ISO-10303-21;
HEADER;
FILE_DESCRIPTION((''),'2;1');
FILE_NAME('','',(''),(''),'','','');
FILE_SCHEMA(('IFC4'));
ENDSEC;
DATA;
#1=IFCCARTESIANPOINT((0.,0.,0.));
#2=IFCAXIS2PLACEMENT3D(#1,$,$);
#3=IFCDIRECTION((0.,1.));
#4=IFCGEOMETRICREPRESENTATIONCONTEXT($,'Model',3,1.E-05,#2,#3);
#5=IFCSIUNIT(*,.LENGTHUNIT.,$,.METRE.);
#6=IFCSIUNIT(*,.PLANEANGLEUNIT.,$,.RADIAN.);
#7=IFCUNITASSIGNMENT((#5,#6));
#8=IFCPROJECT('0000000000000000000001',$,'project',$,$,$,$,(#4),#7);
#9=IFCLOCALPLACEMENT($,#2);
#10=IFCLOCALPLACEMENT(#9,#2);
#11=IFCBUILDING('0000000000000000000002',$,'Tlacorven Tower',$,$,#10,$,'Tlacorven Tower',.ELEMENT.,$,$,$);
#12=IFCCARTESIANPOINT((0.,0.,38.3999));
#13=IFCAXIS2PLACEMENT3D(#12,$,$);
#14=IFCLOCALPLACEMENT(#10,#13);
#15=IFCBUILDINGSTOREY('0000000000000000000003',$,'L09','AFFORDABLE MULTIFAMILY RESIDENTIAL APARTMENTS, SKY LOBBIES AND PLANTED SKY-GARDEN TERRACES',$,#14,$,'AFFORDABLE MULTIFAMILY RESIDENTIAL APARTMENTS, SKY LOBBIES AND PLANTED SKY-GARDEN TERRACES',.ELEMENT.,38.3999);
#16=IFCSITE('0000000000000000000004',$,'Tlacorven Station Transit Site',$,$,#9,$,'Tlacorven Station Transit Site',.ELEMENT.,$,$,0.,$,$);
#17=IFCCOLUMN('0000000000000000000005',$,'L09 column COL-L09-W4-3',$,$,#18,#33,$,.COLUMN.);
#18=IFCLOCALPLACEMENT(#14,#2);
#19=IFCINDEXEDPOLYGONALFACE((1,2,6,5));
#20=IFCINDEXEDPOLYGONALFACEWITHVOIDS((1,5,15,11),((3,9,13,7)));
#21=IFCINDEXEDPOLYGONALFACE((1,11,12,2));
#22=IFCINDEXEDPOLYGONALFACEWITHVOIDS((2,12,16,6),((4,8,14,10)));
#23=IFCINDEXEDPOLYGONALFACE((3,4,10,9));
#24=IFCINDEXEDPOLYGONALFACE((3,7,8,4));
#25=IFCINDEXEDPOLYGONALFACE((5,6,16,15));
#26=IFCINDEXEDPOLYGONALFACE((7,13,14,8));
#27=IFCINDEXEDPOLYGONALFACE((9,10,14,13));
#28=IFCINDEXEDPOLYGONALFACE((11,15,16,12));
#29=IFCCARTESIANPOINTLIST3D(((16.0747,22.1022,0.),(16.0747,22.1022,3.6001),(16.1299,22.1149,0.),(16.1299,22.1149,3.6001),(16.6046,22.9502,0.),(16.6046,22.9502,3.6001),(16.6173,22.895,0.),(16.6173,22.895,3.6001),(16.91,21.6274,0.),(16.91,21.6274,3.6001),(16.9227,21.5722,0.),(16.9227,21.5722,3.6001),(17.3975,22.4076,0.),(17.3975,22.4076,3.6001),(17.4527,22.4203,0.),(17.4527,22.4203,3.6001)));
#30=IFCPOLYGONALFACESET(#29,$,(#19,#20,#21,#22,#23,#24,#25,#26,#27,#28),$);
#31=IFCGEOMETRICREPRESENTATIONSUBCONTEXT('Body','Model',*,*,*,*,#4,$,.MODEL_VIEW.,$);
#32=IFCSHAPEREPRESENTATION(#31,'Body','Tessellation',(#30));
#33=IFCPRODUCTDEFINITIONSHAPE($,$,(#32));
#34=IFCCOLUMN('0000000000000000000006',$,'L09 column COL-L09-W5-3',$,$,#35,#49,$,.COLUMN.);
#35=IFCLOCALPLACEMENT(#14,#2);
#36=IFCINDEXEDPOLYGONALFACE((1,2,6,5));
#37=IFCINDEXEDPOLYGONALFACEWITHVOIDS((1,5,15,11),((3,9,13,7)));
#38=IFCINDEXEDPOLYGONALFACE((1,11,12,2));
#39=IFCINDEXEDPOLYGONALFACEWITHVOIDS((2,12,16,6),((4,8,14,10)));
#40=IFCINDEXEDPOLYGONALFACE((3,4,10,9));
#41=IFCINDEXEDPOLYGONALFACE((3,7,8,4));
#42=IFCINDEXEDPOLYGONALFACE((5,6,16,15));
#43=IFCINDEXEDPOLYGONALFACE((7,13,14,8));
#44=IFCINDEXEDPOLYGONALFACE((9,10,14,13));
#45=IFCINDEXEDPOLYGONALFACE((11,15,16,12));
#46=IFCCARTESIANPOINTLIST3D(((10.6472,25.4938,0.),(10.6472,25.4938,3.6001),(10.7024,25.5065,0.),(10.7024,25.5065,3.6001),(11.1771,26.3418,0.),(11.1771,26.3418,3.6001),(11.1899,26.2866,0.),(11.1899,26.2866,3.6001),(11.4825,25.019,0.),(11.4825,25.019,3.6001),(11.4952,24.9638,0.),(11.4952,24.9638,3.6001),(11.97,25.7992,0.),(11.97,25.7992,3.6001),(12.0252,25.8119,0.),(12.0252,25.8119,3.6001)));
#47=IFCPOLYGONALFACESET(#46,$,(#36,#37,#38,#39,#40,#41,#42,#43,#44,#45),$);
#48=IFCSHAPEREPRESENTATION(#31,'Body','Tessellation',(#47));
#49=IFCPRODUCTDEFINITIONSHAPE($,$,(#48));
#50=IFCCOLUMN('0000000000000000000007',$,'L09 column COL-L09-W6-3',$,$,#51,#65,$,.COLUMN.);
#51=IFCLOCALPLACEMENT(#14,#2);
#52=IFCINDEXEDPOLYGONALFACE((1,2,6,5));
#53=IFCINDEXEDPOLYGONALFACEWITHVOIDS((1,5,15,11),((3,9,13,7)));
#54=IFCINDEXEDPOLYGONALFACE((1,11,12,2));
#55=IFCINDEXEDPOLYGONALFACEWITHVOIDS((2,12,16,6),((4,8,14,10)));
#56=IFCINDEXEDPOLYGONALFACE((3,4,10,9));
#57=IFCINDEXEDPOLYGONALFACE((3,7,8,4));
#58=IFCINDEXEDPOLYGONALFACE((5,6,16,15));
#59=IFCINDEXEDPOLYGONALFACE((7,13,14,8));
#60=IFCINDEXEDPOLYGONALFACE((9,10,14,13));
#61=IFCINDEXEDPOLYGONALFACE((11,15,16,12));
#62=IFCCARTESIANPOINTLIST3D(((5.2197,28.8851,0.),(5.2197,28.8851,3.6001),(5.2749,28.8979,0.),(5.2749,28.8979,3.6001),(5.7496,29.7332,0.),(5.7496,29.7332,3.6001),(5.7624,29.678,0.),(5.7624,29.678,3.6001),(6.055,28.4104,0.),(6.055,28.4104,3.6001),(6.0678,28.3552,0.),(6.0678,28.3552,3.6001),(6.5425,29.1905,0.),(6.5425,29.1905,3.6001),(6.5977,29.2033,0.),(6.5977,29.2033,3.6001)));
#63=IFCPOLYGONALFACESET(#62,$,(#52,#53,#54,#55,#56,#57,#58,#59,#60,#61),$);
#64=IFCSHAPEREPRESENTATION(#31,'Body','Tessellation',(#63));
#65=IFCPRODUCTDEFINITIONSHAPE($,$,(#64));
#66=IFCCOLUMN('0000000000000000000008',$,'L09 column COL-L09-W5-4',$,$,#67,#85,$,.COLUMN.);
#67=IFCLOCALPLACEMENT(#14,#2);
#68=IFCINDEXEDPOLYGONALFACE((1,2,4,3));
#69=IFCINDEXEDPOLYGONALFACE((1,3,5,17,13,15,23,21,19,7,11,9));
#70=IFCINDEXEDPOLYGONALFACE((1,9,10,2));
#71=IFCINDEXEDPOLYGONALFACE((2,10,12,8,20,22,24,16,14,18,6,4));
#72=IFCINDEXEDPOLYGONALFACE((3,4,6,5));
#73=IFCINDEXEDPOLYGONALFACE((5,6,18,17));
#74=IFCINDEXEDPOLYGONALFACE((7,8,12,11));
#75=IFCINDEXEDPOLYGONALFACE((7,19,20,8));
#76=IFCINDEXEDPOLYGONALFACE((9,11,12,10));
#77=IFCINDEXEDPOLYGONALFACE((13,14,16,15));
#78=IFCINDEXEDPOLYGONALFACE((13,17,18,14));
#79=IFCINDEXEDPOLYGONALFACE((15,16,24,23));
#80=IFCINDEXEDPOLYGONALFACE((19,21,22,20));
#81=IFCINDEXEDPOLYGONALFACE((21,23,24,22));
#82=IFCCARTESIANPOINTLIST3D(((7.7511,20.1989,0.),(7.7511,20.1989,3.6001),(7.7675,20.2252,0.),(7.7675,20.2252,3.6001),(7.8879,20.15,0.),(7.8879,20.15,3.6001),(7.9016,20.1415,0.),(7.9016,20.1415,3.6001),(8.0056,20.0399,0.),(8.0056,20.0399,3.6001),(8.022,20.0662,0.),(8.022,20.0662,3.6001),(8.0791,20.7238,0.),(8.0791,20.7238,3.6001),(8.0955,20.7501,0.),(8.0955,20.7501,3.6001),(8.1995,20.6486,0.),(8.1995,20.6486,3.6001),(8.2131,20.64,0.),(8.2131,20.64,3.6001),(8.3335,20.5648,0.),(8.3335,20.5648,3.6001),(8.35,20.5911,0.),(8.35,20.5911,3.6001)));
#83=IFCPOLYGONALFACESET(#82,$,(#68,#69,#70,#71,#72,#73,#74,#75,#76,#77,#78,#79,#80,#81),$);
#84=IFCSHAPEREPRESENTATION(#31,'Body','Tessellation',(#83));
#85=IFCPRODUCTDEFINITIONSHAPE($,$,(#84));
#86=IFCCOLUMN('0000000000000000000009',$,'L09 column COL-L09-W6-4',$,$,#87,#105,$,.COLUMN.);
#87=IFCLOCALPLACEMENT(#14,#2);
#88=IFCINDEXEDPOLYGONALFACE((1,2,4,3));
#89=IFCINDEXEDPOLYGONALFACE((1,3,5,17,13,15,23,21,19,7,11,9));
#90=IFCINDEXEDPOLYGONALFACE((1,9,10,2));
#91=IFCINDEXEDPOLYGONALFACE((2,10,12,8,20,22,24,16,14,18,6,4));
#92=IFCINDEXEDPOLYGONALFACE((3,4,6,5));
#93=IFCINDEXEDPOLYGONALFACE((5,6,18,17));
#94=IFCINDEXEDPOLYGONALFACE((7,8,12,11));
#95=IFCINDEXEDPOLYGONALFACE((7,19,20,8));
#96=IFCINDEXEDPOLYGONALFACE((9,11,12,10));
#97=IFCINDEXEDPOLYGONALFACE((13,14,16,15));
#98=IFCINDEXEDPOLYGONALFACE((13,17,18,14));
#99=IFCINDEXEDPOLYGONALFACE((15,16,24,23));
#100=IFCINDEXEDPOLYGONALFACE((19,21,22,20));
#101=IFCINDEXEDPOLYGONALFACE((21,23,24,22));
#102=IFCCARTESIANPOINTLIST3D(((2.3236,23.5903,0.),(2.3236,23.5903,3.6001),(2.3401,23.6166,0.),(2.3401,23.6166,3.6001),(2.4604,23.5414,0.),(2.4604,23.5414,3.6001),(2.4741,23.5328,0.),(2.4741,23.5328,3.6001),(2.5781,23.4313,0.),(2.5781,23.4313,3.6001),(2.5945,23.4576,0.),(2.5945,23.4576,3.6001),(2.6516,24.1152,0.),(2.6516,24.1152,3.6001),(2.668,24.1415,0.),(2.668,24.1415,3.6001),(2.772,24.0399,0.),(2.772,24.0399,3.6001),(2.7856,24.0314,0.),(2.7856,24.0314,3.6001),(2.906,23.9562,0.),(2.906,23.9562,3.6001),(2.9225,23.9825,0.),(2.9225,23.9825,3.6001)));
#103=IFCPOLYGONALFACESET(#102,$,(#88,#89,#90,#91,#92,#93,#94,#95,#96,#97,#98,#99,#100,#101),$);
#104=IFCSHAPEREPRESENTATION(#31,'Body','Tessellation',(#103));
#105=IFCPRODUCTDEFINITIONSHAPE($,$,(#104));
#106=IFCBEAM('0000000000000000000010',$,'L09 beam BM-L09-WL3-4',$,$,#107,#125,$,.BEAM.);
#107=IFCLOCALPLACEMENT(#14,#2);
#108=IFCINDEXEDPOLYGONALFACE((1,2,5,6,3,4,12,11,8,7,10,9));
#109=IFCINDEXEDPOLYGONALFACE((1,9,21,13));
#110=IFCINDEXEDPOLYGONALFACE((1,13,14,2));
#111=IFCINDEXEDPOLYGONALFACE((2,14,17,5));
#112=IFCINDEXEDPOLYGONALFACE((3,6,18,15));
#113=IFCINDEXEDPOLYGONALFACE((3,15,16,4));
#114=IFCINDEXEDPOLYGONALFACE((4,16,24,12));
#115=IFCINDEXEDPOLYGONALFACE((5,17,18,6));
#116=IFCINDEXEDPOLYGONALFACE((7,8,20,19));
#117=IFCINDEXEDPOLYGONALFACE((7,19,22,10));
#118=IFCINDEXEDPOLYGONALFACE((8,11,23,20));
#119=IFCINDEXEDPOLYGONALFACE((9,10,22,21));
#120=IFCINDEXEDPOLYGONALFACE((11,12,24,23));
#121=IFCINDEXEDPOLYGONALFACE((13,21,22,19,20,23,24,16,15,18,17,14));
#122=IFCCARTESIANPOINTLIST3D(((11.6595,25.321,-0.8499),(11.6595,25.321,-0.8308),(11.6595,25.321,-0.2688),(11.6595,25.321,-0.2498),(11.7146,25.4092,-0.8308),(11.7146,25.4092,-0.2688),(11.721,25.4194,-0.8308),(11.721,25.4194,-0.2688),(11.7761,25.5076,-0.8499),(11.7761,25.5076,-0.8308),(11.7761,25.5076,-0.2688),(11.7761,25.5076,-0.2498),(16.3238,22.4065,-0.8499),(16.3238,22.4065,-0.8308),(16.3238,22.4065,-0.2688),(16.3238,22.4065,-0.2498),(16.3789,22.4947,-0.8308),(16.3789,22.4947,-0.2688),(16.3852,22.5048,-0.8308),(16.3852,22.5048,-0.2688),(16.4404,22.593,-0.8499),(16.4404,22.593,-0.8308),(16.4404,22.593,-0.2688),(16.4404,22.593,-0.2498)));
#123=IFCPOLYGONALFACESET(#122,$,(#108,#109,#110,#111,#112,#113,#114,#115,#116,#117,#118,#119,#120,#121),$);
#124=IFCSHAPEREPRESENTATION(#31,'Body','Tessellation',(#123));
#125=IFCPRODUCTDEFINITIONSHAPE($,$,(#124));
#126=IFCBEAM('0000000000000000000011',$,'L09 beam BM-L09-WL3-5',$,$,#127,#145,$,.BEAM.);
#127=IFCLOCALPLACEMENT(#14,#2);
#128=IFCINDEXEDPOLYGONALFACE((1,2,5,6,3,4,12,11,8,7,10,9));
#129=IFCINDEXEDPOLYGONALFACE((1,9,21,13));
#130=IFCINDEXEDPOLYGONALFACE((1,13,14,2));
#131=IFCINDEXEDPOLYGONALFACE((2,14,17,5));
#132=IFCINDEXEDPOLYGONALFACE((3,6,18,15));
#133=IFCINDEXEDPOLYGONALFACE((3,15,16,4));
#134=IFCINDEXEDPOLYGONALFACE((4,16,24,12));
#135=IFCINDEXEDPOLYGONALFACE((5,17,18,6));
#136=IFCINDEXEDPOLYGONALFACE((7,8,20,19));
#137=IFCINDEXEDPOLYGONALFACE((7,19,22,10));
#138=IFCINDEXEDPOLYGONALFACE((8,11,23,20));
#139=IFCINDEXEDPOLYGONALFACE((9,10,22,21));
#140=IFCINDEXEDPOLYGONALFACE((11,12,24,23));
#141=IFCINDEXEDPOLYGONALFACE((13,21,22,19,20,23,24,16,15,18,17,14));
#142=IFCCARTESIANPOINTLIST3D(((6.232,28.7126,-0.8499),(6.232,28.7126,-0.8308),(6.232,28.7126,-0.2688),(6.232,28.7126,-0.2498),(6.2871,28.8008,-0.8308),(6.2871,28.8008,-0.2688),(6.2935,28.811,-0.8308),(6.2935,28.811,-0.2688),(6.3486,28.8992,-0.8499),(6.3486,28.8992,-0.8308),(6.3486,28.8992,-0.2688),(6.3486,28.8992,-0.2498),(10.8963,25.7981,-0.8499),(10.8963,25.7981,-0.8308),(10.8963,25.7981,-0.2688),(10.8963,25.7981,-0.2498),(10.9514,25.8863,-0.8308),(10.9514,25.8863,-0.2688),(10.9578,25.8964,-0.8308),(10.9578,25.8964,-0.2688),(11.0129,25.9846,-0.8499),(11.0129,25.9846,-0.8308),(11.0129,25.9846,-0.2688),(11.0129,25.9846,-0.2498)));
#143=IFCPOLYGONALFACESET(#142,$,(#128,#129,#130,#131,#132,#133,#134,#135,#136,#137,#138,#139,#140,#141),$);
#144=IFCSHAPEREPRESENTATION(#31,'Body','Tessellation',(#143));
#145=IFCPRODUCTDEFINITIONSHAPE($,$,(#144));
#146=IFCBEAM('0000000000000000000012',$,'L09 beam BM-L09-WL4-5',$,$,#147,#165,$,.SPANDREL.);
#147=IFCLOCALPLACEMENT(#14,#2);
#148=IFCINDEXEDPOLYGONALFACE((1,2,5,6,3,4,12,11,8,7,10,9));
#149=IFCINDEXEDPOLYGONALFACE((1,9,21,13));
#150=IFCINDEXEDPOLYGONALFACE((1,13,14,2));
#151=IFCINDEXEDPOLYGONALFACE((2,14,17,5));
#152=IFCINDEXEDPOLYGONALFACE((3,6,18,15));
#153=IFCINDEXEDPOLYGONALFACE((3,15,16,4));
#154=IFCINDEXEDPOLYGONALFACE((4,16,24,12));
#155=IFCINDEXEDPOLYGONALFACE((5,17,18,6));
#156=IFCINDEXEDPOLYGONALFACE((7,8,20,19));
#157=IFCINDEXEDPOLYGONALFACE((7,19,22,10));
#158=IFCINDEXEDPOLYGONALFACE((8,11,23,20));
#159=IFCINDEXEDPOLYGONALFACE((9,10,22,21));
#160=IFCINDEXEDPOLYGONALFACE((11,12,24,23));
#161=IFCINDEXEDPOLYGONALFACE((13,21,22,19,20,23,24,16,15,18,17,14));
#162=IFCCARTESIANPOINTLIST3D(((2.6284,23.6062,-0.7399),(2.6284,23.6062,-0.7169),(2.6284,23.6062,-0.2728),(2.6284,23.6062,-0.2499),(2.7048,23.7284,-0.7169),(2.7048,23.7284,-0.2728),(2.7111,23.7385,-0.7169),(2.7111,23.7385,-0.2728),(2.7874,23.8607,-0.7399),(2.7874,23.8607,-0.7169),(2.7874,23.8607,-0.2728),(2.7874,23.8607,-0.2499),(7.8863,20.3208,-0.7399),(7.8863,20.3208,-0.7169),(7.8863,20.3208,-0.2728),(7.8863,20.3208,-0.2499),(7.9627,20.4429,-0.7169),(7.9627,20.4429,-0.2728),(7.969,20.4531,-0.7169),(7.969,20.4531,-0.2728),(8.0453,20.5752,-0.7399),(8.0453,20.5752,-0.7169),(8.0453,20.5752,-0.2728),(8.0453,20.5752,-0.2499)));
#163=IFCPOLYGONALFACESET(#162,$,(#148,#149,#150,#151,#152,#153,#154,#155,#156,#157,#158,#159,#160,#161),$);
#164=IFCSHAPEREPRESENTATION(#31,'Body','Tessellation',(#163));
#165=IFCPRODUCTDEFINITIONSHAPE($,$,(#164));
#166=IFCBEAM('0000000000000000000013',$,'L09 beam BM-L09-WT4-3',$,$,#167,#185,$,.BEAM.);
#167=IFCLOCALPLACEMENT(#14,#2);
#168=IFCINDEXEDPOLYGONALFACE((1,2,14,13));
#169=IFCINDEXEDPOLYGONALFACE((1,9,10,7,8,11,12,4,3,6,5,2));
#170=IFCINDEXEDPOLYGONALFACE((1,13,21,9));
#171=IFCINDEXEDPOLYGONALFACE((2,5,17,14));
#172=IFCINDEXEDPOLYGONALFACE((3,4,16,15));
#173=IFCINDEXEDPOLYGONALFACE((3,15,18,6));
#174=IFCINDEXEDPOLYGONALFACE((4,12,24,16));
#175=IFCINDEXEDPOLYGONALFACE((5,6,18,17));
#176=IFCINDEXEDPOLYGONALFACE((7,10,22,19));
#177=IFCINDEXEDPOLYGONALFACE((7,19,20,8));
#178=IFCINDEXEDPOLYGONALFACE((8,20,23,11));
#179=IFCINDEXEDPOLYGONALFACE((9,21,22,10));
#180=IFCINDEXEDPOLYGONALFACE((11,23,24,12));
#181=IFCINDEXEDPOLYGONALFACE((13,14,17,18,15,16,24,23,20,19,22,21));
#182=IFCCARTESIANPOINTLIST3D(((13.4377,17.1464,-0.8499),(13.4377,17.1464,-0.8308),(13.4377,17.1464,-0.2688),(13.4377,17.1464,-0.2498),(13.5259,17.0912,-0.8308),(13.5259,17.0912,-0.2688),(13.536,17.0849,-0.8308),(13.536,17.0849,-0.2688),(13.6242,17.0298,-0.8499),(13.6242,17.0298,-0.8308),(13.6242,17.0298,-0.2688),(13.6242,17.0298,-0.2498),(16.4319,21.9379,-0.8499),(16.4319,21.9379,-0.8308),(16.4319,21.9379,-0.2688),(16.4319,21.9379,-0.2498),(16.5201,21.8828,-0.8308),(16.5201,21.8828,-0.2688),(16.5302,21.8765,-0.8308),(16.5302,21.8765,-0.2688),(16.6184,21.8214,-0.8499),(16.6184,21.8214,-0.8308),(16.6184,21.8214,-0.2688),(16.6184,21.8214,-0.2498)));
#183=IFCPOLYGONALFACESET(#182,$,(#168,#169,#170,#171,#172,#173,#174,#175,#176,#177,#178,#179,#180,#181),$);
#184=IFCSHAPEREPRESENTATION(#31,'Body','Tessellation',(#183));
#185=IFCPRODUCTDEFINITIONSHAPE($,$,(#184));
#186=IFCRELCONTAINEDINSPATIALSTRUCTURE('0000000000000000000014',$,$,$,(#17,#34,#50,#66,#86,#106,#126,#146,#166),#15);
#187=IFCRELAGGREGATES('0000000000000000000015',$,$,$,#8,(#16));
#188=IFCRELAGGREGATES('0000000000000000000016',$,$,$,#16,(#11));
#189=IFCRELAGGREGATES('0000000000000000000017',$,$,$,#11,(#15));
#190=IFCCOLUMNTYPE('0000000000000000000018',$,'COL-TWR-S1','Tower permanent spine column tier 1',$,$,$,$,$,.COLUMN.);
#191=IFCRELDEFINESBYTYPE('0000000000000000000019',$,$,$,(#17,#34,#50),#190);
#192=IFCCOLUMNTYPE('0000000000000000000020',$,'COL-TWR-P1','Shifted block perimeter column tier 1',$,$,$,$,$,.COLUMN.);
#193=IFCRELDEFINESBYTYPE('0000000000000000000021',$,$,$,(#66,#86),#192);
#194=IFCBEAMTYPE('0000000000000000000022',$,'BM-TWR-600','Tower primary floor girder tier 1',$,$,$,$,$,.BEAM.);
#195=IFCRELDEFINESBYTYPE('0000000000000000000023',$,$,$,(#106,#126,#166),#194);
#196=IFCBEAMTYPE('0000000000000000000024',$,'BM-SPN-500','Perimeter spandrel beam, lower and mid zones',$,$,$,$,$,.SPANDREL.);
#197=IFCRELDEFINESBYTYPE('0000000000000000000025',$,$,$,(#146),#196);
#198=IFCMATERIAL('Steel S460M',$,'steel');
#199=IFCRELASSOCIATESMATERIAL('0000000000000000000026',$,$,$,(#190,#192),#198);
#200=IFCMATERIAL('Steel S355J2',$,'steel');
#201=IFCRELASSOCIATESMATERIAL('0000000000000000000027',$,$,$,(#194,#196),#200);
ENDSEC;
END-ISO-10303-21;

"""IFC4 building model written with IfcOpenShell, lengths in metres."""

from ifc_helpers import new_model, si_unit, direction, frame, origin, origin_2d, place, context, subcontext, project, spatial, hollow_rectangle, i_section, extrude, source, transform, mapped, material, material_profile, profile_set, type_object, element, save


model = new_model("IFC4")

# Units and contexts
model_context = context("Model", 3, precision=1e-05, world=origin(), true_north=direction((0.0, 1.0)))
body_context = subcontext(model_context, "Body", "Model", "MODEL_VIEW")
ifc_project = project(units=[si_unit("LENGTHUNIT", "METRE"), si_unit("PLANEANGLEUNIT", "RADIAN")], contexts=[model_context])

# Site, building, storey
site_placement = place(None, origin())
site = spatial("IfcSite", under=ifc_project, at=site_placement, Name="Tlacorven Station Transit Site", LongName="Tlacorven Station Transit Site", CompositionType="ELEMENT", RefElevation=0.0)
building_placement = place(site_placement, origin())
building = spatial("IfcBuilding", under=site, at=building_placement, Name="Tlacorven Tower", LongName="Tlacorven Tower", CompositionType="ELEMENT")
storey_placement = place(building_placement, frame((0.0, 0.0, 38.3999)))
storey = spatial("IfcBuildingStorey", under=building, at=storey_placement, Name="L09", Description="AFFORDABLE MULTIFAMILY RESIDENTIAL APARTMENTS, SKY LOBBIES AND PLANTED SKY-GARDEN TERRACES", LongName="AFFORDABLE MULTIFAMILY RESIDENTIAL APARTMENTS, SKY LOBBIES AND PLANTED SKY-GARDEN TERRACES", CompositionType="ELEMENT", Elevation=38.3999)

# Columns
ifc_material_1 = material(Name="Steel S460M", Category="steel")
ifc_material_profile_1 = material_profile(ifc_material_1, hollow_rectangle(XDim=1.0, YDim=1.0, WallThickness=0.04, at=origin_2d()), Name="BOX 1000X1000X40")
ifc_profile_set_1 = profile_set([ifc_material_profile_1], Name="Steel S460M")
column_type_1 = type_object("IfcColumnType", Name="COL-TWR-S1", Description="Tower permanent spine column tier 1", PredefinedType="COLUMN", material=ifc_profile_set_1)
shared_shape_1 = source(origin(), body_context, "Body", "SweptSolid", [
    extrude(hollow_rectangle(XDim=1.0, YDim=1.0, WallThickness=0.04, at=origin_2d()), origin(), (0.0, 0.0, 1.0), 3.6001),
])
for number, where, z_axis, x_axis, name in (
    (1, (16.7637, 22.2612, 0.0), (0.0, 0.0, 1.0), (-0.848048, 0.529919, 0.0), "L09 column COL-L09-W4-3"),
    (2, (11.3362, 25.6528, 0.0), (0.0, 0.0, 1.0), (-0.848048, 0.529919, 0.0), "L09 column COL-L09-W5-3"),
    (3, (5.9087, 29.0442, 0.0), (0.0, 0.0, 1.0), (-0.848048, 0.529919, 0.0), "L09 column COL-L09-W6-3"),
):
    element("IfcColumn", number, at=place(storey_placement, frame(where, z_axis=z_axis, x_axis=x_axis)), inside=storey, type_object=column_type_1, Name=name, PredefinedType="COLUMN", context=body_context, shape_type="MappedRepresentation", body=[
        mapped(shared_shape_1, transform((0.0, 0.0, 0.0), scale=1.0)),
    ])
ifc_material_profile_2 = material_profile(ifc_material_1, i_section(OverallWidth=0.3, OverallDepth=0.6499, WebThickness=0.0161, FlangeThickness=0.031, at=origin_2d()), Name="HEB 650")
ifc_profile_set_2 = profile_set([ifc_material_profile_2], Name="Steel S460M")
column_type_2 = type_object("IfcColumnType", Name="COL-TWR-P1", Description="Shifted block perimeter column tier 1", PredefinedType="COLUMN", material=ifc_profile_set_2)
shared_shape_2 = source(origin(), body_context, "Body", "SweptSolid", [
    extrude(i_section(OverallWidth=0.3, OverallDepth=0.6499, WebThickness=0.0161, FlangeThickness=0.031, at=origin_2d()), origin(), (0.0, 0.0, 1.0), 3.6001),
])
for number, where, z_axis, x_axis, name in (
    (4, (8.0505, 20.395, 0.0), (0.0, 0.0, 1.0), (-0.848048, 0.529919, 0.0), "L09 column COL-L09-W5-4"),
    (5, (2.623, 23.7864, 0.0), (0.0, 0.0, 1.0), (-0.848048, 0.529919, 0.0), "L09 column COL-L09-W6-4"),
):
    element("IfcColumn", number, at=place(storey_placement, frame(where, z_axis=z_axis, x_axis=x_axis)), inside=storey, type_object=column_type_2, Name=name, PredefinedType="COLUMN", context=body_context, shape_type="MappedRepresentation", body=[
        mapped(shared_shape_2, transform((0.0, 0.0, 0.0), scale=1.0)),
    ])

# Beams
ifc_material_2 = material(Name="Steel S355J2", Category="steel")
ifc_material_profile_3 = material_profile(ifc_material_2, i_section(OverallWidth=0.22, OverallDepth=0.6001, WebThickness=0.012, FlangeThickness=0.019, at=origin_2d()), Name="IPE 600")
ifc_profile_set_3 = profile_set([ifc_material_profile_3], Name="Steel S355J2")
beam_type_1 = type_object("IfcBeamType", Name="BM-TWR-600", Description="Tower primary floor girder tier 1", PredefinedType="BEAM", material=ifc_profile_set_3)
shared_shape_3 = source(origin(), body_context, "Body", "SweptSolid", [
    extrude(i_section(OverallWidth=0.22, OverallDepth=0.6001, WebThickness=0.012, FlangeThickness=0.019, at=origin_2d()), origin(), (0.0, 0.0, 1.0), 5.5),
])
for number, where, z_axis, x_axis, name in (
    (6, (16.3821, 22.4998, -0.5498), (-0.848051, 0.529915, 0.0), (-0.529915, -0.848051, 0.0), "L09 beam BM-L09-WL3-4"),
    (7, (10.9546, 25.8914, -0.5498), (-0.848051, 0.529915, 0.0), (-0.529915, -0.848051, 0.0), "L09 beam BM-L09-WL3-5"),
):
    element("IfcBeam", number, at=place(storey_placement, frame(where, z_axis=z_axis, x_axis=x_axis)), inside=storey, type_object=beam_type_1, Name=name, PredefinedType="BEAM", context=body_context, shape_type="MappedRepresentation", body=[
        mapped(shared_shape_3, transform((0.0, 0.0, 0.0), scale=1.0)),
    ])
ifc_material_profile_4 = material_profile(ifc_material_2, i_section(OverallWidth=0.3, OverallDepth=0.49, WebThickness=0.012, FlangeThickness=0.0229, at=origin_2d()), Name="HEA 500")
ifc_profile_set_4 = profile_set([ifc_material_profile_4], Name="Steel S355J2")
beam_type_2 = type_object("IfcBeamType", Name="BM-SPN-500", Description="Perimeter spandrel beam, lower and mid zones", PredefinedType="SPANDREL", material=ifc_profile_set_4)
shared_shape_4 = source(origin(), body_context, "Body", "SweptSolid", [
    extrude(i_section(OverallWidth=0.3, OverallDepth=0.49, WebThickness=0.012, FlangeThickness=0.0229, at=origin_2d()), origin(), (0.0, 0.0, 1.0), 6.2),
])
beam_1_placement = place(storey_placement, frame((7.9658, 20.448, -0.4949), z_axis=(-0.848051, 0.529914, 0.0), x_axis=(-0.529914, -0.848051, 0.0)))
element("IfcBeam", 8, at=beam_1_placement, inside=storey, type_object=beam_type_2, Name="L09 beam BM-L09-WL4-5", PredefinedType="SPANDREL", context=body_context, shape_type="MappedRepresentation", body=[
    mapped(shared_shape_4, transform((0.0, 0.0, 0.0), scale=1.0)),
])
shared_shape_5 = source(origin(), body_context, "Body", "SweptSolid", [
    extrude(i_section(OverallWidth=0.22, OverallDepth=0.6001, WebThickness=0.012, FlangeThickness=0.019, at=origin_2d()), origin(), (0.0, 0.0, 1.0), 5.6501),
])
for number, where, z_axis, x_axis, name in (
    (9, (16.5251, 21.8796, -0.5498), (-0.529929, -0.848042, 0.0), (0.848042, -0.529929, 0.0), "L09 beam BM-L09-WT4-3"),
):
    element("IfcBeam", number, at=place(storey_placement, frame(where, z_axis=z_axis, x_axis=x_axis)), inside=storey, type_object=beam_type_1, Name=name, PredefinedType="BEAM", context=body_context, shape_type="MappedRepresentation", body=[
        mapped(shared_shape_5, transform((0.0, 0.0, 0.0), scale=1.0)),
    ])

save(model, "model.ifc")
